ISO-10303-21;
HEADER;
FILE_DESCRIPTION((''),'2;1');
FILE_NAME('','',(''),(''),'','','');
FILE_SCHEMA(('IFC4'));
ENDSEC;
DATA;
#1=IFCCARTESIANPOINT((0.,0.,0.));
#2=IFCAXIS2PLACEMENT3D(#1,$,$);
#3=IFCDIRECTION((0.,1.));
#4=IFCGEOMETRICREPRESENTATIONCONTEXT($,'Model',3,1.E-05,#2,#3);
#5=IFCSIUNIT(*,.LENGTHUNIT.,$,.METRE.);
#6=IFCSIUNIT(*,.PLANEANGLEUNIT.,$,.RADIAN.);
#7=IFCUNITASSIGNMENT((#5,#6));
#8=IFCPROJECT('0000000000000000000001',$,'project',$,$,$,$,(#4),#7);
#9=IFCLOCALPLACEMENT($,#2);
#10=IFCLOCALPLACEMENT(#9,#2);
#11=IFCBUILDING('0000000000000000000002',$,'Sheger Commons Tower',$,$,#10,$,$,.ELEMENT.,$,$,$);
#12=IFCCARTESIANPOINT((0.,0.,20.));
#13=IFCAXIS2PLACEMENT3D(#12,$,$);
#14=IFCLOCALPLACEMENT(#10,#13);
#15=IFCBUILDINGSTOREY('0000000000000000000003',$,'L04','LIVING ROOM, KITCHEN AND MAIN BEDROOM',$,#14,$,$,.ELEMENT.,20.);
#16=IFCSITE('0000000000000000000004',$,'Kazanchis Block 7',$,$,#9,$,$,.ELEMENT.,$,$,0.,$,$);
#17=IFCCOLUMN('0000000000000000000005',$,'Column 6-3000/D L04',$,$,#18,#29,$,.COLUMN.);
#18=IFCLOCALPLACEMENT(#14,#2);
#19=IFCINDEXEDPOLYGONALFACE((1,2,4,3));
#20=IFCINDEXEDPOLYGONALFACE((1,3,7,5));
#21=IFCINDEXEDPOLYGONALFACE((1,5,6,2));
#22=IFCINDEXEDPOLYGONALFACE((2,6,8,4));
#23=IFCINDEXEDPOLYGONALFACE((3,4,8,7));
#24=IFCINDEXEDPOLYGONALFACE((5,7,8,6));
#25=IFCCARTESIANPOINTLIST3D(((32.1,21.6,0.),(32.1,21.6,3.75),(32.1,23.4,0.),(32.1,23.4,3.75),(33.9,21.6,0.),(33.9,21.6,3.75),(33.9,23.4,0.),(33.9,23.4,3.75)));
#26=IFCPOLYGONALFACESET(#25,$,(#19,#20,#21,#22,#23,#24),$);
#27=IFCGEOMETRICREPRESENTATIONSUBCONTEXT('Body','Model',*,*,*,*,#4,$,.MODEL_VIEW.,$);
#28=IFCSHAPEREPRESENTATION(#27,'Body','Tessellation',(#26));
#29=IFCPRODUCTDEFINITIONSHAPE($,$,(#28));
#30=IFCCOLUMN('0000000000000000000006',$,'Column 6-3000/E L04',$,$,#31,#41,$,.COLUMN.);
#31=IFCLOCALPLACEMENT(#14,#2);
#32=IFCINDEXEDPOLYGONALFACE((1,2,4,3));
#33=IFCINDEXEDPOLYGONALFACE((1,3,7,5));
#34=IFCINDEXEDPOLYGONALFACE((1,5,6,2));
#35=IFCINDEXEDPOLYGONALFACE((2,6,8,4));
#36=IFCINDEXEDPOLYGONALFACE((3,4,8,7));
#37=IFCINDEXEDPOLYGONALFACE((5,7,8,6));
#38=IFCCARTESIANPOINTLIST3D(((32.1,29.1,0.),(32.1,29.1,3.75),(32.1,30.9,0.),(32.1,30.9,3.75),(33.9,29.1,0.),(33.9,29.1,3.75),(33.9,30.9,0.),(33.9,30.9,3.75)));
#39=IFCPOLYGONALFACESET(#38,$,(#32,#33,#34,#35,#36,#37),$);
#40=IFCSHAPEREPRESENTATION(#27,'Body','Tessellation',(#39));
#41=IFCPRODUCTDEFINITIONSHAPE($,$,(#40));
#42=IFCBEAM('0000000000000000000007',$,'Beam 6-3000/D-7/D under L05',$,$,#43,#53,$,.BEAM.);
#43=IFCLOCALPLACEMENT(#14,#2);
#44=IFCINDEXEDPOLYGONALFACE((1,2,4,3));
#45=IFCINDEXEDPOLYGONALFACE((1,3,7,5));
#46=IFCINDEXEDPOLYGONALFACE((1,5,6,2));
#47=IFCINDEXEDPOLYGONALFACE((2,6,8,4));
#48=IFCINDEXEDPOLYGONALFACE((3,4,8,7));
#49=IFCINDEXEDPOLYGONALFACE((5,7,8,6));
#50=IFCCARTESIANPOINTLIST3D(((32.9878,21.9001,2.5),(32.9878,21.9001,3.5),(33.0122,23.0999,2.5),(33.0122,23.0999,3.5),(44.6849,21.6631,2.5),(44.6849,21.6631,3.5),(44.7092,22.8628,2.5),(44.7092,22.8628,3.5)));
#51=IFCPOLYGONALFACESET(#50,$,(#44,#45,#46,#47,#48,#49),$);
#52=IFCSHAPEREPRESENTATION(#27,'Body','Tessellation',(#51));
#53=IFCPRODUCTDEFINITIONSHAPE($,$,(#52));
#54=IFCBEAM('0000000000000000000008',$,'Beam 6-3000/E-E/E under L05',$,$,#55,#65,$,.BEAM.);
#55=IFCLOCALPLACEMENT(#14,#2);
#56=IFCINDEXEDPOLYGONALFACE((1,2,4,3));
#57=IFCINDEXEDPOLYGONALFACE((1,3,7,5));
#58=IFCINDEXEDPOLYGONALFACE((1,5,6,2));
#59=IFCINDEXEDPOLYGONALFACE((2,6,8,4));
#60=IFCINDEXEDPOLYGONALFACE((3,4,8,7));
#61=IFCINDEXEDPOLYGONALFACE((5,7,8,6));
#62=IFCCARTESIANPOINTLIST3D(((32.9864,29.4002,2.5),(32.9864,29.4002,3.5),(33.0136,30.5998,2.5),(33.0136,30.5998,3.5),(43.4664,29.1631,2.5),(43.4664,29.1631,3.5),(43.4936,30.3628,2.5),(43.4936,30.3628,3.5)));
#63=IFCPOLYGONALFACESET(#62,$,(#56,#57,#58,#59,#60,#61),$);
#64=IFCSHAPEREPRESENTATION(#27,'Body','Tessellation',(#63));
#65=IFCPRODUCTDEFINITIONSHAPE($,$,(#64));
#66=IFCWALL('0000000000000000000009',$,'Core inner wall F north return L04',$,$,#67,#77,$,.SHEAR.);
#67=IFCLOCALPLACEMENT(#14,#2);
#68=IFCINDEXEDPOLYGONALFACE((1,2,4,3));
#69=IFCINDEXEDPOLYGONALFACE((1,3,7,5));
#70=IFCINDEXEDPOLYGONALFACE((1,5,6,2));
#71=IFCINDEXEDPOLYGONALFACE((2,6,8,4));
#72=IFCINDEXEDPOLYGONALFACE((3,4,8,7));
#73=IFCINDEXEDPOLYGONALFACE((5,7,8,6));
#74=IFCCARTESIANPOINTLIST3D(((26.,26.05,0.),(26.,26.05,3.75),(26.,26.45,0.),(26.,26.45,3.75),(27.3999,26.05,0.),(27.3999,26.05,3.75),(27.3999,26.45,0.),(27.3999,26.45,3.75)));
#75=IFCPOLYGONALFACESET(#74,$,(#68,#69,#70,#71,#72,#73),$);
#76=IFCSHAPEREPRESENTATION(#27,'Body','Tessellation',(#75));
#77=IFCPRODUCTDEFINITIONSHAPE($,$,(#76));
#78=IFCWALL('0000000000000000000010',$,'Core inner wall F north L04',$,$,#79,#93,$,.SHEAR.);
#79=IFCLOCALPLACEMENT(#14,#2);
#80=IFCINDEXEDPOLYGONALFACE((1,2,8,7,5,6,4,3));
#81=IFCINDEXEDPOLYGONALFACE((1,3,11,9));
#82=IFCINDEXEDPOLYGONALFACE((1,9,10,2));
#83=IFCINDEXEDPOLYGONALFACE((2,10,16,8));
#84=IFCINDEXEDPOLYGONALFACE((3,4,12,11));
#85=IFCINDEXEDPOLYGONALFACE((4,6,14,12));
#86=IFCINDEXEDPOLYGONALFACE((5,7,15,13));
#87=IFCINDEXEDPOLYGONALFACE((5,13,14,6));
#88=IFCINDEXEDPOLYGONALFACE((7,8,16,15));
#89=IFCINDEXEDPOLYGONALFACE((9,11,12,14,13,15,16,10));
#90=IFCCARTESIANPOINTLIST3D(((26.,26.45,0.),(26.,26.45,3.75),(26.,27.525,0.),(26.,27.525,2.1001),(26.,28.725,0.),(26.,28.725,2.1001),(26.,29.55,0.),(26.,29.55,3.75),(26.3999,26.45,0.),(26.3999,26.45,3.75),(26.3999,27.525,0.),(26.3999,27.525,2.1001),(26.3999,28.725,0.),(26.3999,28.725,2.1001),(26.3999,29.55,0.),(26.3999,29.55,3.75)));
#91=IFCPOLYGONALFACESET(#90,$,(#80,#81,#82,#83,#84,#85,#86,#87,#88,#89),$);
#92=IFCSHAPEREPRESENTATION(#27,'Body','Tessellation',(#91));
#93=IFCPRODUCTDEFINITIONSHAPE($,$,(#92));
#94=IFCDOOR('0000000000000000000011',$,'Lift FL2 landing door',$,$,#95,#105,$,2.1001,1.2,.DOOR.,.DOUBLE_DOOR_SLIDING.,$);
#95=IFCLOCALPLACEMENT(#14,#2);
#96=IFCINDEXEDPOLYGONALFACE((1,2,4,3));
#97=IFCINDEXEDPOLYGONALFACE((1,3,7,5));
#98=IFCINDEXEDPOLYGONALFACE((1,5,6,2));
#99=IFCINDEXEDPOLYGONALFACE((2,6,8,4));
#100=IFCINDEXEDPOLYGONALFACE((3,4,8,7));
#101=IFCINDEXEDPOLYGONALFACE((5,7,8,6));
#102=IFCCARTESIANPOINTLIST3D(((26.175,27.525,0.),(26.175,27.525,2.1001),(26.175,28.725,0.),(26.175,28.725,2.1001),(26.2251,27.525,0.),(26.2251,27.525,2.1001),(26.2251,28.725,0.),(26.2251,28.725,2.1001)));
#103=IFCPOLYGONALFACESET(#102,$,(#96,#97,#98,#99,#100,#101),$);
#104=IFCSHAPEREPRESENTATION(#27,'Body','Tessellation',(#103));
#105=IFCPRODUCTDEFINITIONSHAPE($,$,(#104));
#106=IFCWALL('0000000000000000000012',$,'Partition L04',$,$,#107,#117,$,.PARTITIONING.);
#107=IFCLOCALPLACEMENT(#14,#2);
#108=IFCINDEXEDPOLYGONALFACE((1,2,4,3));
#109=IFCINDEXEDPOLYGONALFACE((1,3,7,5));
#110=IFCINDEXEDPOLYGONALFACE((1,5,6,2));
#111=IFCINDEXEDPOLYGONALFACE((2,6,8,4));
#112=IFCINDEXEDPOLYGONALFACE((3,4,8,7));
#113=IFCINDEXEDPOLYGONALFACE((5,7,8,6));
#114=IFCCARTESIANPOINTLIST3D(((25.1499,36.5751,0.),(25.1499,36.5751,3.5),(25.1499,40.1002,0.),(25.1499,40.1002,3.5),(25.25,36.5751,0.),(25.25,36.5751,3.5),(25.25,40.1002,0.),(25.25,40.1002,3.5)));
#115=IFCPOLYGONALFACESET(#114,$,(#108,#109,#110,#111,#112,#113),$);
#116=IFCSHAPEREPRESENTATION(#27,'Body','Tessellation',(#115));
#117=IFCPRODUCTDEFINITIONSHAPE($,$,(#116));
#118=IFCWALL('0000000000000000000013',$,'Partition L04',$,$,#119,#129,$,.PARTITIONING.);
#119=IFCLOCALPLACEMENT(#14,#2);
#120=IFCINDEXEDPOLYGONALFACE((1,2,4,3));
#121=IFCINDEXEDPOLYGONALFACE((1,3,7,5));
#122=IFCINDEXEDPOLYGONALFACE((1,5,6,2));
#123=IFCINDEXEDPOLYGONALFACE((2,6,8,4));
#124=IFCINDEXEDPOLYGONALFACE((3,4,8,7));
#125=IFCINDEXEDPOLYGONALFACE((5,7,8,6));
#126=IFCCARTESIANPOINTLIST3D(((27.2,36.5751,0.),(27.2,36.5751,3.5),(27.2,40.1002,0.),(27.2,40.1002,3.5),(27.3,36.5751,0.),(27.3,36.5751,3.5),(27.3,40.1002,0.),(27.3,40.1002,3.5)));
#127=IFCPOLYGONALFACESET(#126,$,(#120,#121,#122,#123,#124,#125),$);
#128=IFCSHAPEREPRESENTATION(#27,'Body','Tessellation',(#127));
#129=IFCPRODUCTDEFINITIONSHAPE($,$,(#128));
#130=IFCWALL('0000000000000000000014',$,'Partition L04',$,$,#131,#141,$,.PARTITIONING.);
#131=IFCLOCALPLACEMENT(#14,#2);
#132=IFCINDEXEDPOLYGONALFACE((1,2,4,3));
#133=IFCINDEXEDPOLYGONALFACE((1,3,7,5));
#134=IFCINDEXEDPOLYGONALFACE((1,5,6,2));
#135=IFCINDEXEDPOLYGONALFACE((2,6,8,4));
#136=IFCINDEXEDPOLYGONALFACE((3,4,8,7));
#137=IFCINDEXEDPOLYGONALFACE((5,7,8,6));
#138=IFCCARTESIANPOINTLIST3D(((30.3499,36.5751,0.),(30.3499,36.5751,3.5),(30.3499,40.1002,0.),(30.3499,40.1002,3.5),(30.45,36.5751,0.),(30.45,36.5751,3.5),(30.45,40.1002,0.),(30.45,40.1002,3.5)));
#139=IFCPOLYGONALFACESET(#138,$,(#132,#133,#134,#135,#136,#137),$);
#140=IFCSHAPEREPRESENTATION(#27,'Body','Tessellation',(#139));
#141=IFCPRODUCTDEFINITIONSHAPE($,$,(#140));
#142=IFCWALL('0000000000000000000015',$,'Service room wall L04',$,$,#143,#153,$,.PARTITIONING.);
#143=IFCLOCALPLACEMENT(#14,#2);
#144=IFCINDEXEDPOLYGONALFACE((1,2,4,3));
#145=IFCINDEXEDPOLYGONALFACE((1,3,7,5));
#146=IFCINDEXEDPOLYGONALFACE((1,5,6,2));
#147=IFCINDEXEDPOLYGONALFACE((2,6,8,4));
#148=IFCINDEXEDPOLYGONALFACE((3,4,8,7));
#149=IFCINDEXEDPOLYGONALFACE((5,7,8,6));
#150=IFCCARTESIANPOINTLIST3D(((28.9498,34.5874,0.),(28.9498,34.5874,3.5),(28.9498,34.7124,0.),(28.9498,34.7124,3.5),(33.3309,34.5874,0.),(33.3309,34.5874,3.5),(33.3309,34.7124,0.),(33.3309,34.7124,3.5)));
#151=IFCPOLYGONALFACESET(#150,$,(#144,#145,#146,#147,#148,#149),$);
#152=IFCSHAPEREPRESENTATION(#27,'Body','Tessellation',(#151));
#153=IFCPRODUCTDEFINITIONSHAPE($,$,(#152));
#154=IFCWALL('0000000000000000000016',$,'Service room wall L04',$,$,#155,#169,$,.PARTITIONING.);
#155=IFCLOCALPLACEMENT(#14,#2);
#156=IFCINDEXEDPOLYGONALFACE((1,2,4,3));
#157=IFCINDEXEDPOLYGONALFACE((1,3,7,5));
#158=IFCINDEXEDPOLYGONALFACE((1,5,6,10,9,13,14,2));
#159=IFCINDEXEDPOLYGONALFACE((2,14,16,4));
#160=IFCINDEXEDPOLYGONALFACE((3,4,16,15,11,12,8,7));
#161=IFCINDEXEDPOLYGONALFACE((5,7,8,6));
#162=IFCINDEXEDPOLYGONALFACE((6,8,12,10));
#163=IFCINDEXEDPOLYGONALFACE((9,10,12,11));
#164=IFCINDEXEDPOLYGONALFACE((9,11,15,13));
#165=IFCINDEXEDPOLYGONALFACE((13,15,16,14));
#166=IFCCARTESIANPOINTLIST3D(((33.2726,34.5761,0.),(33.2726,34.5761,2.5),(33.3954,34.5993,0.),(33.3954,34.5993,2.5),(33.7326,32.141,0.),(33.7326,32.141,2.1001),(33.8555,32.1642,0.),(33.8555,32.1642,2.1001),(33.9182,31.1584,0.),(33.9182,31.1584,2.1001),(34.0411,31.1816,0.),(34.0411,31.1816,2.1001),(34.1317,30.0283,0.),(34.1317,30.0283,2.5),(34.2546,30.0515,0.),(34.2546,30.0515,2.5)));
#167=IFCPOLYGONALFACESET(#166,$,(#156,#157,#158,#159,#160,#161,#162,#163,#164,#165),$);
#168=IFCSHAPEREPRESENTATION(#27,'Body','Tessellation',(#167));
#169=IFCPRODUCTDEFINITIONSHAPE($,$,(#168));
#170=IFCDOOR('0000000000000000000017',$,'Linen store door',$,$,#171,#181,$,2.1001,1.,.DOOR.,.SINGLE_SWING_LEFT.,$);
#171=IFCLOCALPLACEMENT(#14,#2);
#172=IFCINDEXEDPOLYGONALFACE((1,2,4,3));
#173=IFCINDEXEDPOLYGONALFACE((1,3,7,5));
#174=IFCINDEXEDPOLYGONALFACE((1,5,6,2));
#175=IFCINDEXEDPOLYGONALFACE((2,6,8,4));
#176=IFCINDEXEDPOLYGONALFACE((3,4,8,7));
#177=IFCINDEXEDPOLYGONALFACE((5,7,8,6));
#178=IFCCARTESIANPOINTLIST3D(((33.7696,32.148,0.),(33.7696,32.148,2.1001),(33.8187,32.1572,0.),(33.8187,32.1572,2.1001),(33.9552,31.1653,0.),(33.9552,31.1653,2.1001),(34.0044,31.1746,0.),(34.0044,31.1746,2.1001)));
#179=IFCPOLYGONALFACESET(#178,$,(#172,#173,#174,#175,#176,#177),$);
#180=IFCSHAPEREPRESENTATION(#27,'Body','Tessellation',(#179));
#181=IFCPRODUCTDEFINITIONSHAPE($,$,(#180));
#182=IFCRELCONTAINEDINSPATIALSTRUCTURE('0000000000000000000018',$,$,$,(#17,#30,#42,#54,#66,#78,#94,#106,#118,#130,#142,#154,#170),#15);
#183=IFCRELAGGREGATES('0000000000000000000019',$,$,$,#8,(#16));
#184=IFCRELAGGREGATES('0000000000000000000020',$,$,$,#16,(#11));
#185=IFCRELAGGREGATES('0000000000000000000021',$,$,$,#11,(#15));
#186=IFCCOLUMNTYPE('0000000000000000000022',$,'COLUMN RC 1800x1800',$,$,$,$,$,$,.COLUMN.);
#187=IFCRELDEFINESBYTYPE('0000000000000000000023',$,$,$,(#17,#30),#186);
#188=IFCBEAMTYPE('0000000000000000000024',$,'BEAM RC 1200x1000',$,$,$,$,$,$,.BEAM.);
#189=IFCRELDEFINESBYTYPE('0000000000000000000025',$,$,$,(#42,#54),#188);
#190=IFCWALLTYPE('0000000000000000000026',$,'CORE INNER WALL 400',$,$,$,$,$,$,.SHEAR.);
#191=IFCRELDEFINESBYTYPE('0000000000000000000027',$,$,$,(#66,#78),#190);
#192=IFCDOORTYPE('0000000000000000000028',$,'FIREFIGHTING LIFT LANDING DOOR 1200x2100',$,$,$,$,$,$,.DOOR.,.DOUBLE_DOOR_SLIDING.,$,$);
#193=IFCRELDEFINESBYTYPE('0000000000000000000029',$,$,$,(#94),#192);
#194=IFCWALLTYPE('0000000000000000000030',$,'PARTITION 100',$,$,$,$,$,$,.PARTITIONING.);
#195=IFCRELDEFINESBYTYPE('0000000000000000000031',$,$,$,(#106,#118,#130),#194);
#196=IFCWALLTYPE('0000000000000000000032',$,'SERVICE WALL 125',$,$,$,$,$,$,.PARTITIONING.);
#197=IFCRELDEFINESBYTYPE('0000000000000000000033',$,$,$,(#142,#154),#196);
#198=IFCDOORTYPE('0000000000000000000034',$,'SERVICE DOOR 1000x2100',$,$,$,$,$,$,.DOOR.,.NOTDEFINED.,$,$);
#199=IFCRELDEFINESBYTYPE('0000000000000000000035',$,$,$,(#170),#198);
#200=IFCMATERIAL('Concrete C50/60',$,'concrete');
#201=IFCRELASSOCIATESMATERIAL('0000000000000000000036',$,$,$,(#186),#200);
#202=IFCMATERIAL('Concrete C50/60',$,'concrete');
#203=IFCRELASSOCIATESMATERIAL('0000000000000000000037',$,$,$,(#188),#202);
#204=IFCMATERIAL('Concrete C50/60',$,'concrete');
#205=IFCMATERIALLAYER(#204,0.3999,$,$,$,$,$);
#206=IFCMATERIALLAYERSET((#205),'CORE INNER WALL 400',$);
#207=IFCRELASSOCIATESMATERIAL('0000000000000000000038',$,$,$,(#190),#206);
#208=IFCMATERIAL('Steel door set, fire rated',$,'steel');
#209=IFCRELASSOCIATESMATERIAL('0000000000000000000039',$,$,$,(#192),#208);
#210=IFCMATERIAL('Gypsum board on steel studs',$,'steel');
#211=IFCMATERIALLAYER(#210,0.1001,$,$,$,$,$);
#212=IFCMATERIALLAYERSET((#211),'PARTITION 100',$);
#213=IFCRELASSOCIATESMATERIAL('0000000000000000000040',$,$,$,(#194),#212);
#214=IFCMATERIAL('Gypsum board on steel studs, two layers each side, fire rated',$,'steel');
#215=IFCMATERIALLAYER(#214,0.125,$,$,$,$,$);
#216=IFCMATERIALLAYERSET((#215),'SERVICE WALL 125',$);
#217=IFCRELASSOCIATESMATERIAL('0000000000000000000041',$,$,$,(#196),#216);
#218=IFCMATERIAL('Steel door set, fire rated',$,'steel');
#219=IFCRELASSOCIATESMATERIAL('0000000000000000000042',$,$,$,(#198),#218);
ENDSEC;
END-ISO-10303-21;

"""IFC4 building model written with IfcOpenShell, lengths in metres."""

from ifc_helpers import new_model, si_unit, direction, frame, frame_2d, origin, origin_2d, place, context, subcontext, project, spatial, rectangle, extrude, material, layer, layer_set, material_profile, profile_set, type_object, element, fill, save


model = new_model("IFC4")

# Units and contexts
model_context = context("Model", 3, precision=1e-05, world=origin(), true_north=direction((0.0, 1.0)))
body_context = subcontext(model_context, "Body", "Model", "MODEL_VIEW")
ifc_project = project(units=[si_unit("LENGTHUNIT", "METRE"), si_unit("PLANEANGLEUNIT", "RADIAN")], contexts=[model_context])

# Site, building, storey
site_placement = place(None, origin())
site = spatial("IfcSite", under=ifc_project, at=site_placement, Name="Kazanchis Block 7", CompositionType="ELEMENT", RefElevation=0.0)
building_placement = place(site_placement, origin())
building = spatial("IfcBuilding", under=site, at=building_placement, Name="Sheger Commons Tower", CompositionType="ELEMENT")
storey_placement = place(building_placement, frame((0.0, 0.0, 20.0)))
storey = spatial("IfcBuildingStorey", under=building, at=storey_placement, Name="L04", Description="LIVING ROOM, KITCHEN AND MAIN BEDROOM", CompositionType="ELEMENT", Elevation=20.0)

# Columns
ifc_material_1 = material(Name="Concrete C50/60", Category="concrete")
ifc_material_profile_1 = material_profile(ifc_material_1, rectangle(XDim=1.8, YDim=1.8, at=origin_2d()), Name="RC 1800x1800")
ifc_profile_set_1 = profile_set([ifc_material_profile_1], Name="Concrete C50/60")
column_type = type_object("IfcColumnType", Name="COLUMN RC 1800x1800", PredefinedType="COLUMN", material=ifc_profile_set_1)
for number, where, z_axis, x_axis, name in (
    (1, (33.0, 22.5, 0.0), (0.0, 0.0, 1.0), (1.0, 0.0, 0.0), "Column 6-3000/D L04"),
    (2, (33.0, 30.0, 0.0), (0.0, 0.0, 1.0), (1.0, 0.0, 0.0), "Column 6-3000/E L04"),
):
    element("IfcColumn", number, at=place(storey_placement, frame(where, z_axis=z_axis, x_axis=x_axis)), inside=storey, type_object=column_type, Name=name, PredefinedType="COLUMN", context=body_context, shape_type="SweptSolid", body=[
        extrude(rectangle(XDim=1.8, YDim=1.8, at=origin_2d()), origin(), (0.0, 0.0, 1.0), 3.75),
    ])

# Beams
ifc_material_2 = material(Name="Concrete C50/60", Category="concrete")
ifc_material_profile_2 = material_profile(ifc_material_2, rectangle(XDim=1.2, YDim=1.0, at=origin_2d()), Name="RC 1200x1000")
ifc_profile_set_2 = profile_set([ifc_material_profile_2], Name="Concrete C50/60")
beam_type = type_object("IfcBeamType", Name="BEAM RC 1200x1000", PredefinedType="BEAM", material=ifc_profile_set_2)
beam_1_placement = place(storey_placement, frame((33.0, 22.5, 3.0), z_axis=(0.999795, -0.020263, 0.0), x_axis=(0.020263, 0.999795, 0.0)))
element("IfcBeam", 3, at=beam_1_placement, inside=storey, type_object=beam_type, Name="Beam 6-3000/D-7/D under L05", PredefinedType="BEAM", context=body_context, shape_type="SweptSolid", body=[
    extrude(rectangle(XDim=1.2, YDim=1.0, at=origin_2d()), origin(), (0.0, 0.0, 1.0), 11.6995),
])
beam_2_placement = place(storey_placement, frame((33.0, 30.0, 3.0), z_axis=(0.999744, -0.022615, 0.0), x_axis=(0.022615, 0.999744, 0.0)))
element("IfcBeam", 4, at=beam_2_placement, inside=storey, type_object=beam_type, Name="Beam 6-3000/E-E/E under L05", PredefinedType="BEAM", context=body_context, shape_type="SweptSolid", body=[
    extrude(rectangle(XDim=1.2, YDim=1.0, at=origin_2d()), origin(), (0.0, 0.0, 1.0), 10.4827),
])

# Wall
ifc_material_3 = material(Name="Concrete C50/60", Category="concrete")
ifc_layer_1 = layer(ifc_material_3, 0.3999)
ifc_layer_set_1 = layer_set([ifc_layer_1], Name="CORE INNER WALL 400")
wall_type_1 = type_object("IfcWallType", Name="CORE INNER WALL 400", PredefinedType="SHEAR", material=ifc_layer_set_1)
wall_1_placement = place(storey_placement, frame((26.0, 26.25, 0.0), z_axis=(0.0, 0.0, 1.0), x_axis=(1.0, 0.0, 0.0)))
element("IfcWall", 5, at=wall_1_placement, inside=storey, type_object=wall_type_1, Name="Core inner wall F north return L04", PredefinedType="SHEAR", context=body_context, shape_type="SweptSolid", body=[
    extrude(rectangle(XDim=1.3999, YDim=0.3999, at=frame_2d((0.7, 0.0))), origin(), (0.0, 0.0, 1.0), 3.75),
])

# Wall, opening, door
wall_2_placement = place(storey_placement, frame((26.2, 26.45, 0.0), z_axis=(0.0, 0.0, 1.0), x_axis=(0.0, 1.0, 0.0)))
wall_2 = element("IfcWall", 6, at=wall_2_placement, inside=storey, type_object=wall_type_1, Name="Core inner wall F north L04", PredefinedType="SHEAR", context=body_context, shape_type="SweptSolid", body=[
    extrude(rectangle(XDim=3.1001, YDim=0.3999, at=frame_2d((1.55, 0.0))), origin(), (0.0, 0.0, 1.0), 3.75),
])
opening_1_placement = place(wall_2_placement, frame((1.075, 0.0, 0.0)))
opening_1 = element("IfcOpeningElement", 7, at=opening_1_placement, cuts=wall_2, PredefinedType="OPENING", context=body_context, shape_type="SweptSolid", body=[
    extrude(rectangle(XDim=1.2, YDim=2.1001, at=frame_2d((0.6001, 1.05))), frame((0.0, 0.21, 0.0), z_axis=(0.0, -1.0, 0.0), x_axis=(1.0, 0.0, 0.0)), (0.0, 0.0, 1.0), 0.4199),
])
ifc_material_4 = material(Name="Steel door set, fire rated", Category="steel")
door_type_1 = type_object("IfcDoorType", Name="FIREFIGHTING LIFT LANDING DOOR 1200x2100", OperationType="DOUBLE_DOOR_SLIDING", PredefinedType="DOOR", material=ifc_material_4)
door_1_placement = place(opening_1_placement, origin())
door_1 = element("IfcDoor", 8, at=door_1_placement, inside=storey, type_object=door_type_1, Name="Lift FL2 landing door", OperationType="DOUBLE_DOOR_SLIDING", OverallHeight=2.1001, OverallWidth=1.2, PredefinedType="DOOR", context=body_context, shape_type="SweptSolid", body=[
    extrude(rectangle(XDim=1.2, YDim=2.1001, at=frame_2d((0.6001, 1.05))), frame((0.0, 0.0249, 0.0), z_axis=(0.0, -1.0, 0.0), x_axis=(1.0, 0.0, 0.0)), (0.0, 0.0, 1.0), 0.05),
])
fill(opening_1, door_1)

# Walls
ifc_material_5 = material(Name="Gypsum board on steel studs", Category="steel")
ifc_layer_2 = layer(ifc_material_5, 0.1001)
ifc_layer_set_2 = layer_set([ifc_layer_2], Name="PARTITION 100")
wall_type_2 = type_object("IfcWallType", Name="PARTITION 100", PredefinedType="PARTITIONING", material=ifc_layer_set_2)
for number, where, z_axis, x_axis, name in (
    (9, (25.2, 36.575, 0.0), (0.0, 0.0, 1.0), (0.0, 1.0, 0.0), "Partition L04"),
    (10, (27.25, 36.575, 0.0), (0.0, 0.0, 1.0), (0.0, 1.0, 0.0), "Partition L04"),
    (11, (30.3999, 36.575, 0.0), (0.0, 0.0, 1.0), (0.0, 1.0, 0.0), "Partition L04"),
):
    element("IfcWall", number, at=place(storey_placement, frame(where, z_axis=z_axis, x_axis=x_axis)), inside=storey, type_object=wall_type_2, Name=name, PredefinedType="PARTITIONING", context=body_context, shape_type="SweptSolid", body=[
        extrude(rectangle(XDim=3.5251, YDim=0.1001, at=frame_2d((1.7627, 0.0))), origin(), (0.0, 0.0, 1.0), 3.5),
    ])
ifc_material_6 = material(Name="Gypsum board on steel studs, two layers each side, fire rated", Category="steel")
ifc_layer_3 = layer(ifc_material_6, 0.125)
ifc_layer_set_3 = layer_set([ifc_layer_3], Name="SERVICE WALL 125")
wall_type_3 = type_object("IfcWallType", Name="SERVICE WALL 125", PredefinedType="PARTITIONING", material=ifc_layer_set_3)
wall_3_placement = place(storey_placement, frame((28.95, 34.6499, 0.0), z_axis=(0.0, 0.0, 1.0), x_axis=(1.0, 0.0, 0.0)))
element("IfcWall", 12, at=wall_3_placement, inside=storey, type_object=wall_type_3, Name="Service room wall L04", PredefinedType="PARTITIONING", context=body_context, shape_type="SweptSolid", body=[
    extrude(rectangle(XDim=4.3811, YDim=0.125, at=frame_2d((2.1904, 0.0))), origin(), (0.0, 0.0, 1.0), 3.5),
])

# Wall, opening, door
wall_4_placement = place(storey_placement, frame((34.1931, 30.04, 0.0), z_axis=(0.0, 0.0, 1.0), x_axis=(-0.185626, 0.98262, 0.0)))
wall_4 = element("IfcWall", 13, at=wall_4_placement, inside=storey, type_object=wall_type_3, Name="Service room wall L04", PredefinedType="PARTITIONING", context=body_context, shape_type="SweptSolid", body=[
    extrude(rectangle(XDim=4.6282, YDim=0.125, at=frame_2d((2.314, 0.0))), origin(), (0.0, 0.0, 1.0), 2.5),
])
opening_2_placement = place(wall_4_placement, frame((1.1499, 0.0, 0.0)))
opening_2 = element("IfcOpeningElement", 14, at=opening_2_placement, cuts=wall_4, PredefinedType="OPENING", context=body_context, shape_type="SweptSolid", body=[
    extrude(rectangle(XDim=1.0, YDim=2.1001, at=frame_2d((0.5, 1.05))), frame((0.0, 0.0725, 0.0), z_axis=(0.0, -1.0, 0.0), x_axis=(1.0, 0.0, 0.0)), (0.0, 0.0, 1.0), 0.145),
])
ifc_material_7 = material(Name="Steel door set, fire rated", Category="steel")
door_type_2 = type_object("IfcDoorType", Name="SERVICE DOOR 1000x2100", OperationType="NOTDEFINED", PredefinedType="DOOR", material=ifc_material_7)
door_2_placement = place(opening_2_placement, origin())
door_2 = element("IfcDoor", 15, at=door_2_placement, inside=storey, type_object=door_type_2, Name="Linen store door", OperationType="SINGLE_SWING_LEFT", OverallHeight=2.1001, OverallWidth=1.0, PredefinedType="DOOR", context=body_context, shape_type="SweptSolid", body=[
    extrude(rectangle(XDim=1.0, YDim=2.1001, at=frame_2d((0.5, 1.05))), frame((0.0, 0.0249, 0.0), z_axis=(0.0, -1.0, 0.0), x_axis=(1.0, 0.0, 0.0)), (0.0, 0.0, 1.0), 0.05),
])
fill(opening_2, door_2)

save(model, "model.ifc")
